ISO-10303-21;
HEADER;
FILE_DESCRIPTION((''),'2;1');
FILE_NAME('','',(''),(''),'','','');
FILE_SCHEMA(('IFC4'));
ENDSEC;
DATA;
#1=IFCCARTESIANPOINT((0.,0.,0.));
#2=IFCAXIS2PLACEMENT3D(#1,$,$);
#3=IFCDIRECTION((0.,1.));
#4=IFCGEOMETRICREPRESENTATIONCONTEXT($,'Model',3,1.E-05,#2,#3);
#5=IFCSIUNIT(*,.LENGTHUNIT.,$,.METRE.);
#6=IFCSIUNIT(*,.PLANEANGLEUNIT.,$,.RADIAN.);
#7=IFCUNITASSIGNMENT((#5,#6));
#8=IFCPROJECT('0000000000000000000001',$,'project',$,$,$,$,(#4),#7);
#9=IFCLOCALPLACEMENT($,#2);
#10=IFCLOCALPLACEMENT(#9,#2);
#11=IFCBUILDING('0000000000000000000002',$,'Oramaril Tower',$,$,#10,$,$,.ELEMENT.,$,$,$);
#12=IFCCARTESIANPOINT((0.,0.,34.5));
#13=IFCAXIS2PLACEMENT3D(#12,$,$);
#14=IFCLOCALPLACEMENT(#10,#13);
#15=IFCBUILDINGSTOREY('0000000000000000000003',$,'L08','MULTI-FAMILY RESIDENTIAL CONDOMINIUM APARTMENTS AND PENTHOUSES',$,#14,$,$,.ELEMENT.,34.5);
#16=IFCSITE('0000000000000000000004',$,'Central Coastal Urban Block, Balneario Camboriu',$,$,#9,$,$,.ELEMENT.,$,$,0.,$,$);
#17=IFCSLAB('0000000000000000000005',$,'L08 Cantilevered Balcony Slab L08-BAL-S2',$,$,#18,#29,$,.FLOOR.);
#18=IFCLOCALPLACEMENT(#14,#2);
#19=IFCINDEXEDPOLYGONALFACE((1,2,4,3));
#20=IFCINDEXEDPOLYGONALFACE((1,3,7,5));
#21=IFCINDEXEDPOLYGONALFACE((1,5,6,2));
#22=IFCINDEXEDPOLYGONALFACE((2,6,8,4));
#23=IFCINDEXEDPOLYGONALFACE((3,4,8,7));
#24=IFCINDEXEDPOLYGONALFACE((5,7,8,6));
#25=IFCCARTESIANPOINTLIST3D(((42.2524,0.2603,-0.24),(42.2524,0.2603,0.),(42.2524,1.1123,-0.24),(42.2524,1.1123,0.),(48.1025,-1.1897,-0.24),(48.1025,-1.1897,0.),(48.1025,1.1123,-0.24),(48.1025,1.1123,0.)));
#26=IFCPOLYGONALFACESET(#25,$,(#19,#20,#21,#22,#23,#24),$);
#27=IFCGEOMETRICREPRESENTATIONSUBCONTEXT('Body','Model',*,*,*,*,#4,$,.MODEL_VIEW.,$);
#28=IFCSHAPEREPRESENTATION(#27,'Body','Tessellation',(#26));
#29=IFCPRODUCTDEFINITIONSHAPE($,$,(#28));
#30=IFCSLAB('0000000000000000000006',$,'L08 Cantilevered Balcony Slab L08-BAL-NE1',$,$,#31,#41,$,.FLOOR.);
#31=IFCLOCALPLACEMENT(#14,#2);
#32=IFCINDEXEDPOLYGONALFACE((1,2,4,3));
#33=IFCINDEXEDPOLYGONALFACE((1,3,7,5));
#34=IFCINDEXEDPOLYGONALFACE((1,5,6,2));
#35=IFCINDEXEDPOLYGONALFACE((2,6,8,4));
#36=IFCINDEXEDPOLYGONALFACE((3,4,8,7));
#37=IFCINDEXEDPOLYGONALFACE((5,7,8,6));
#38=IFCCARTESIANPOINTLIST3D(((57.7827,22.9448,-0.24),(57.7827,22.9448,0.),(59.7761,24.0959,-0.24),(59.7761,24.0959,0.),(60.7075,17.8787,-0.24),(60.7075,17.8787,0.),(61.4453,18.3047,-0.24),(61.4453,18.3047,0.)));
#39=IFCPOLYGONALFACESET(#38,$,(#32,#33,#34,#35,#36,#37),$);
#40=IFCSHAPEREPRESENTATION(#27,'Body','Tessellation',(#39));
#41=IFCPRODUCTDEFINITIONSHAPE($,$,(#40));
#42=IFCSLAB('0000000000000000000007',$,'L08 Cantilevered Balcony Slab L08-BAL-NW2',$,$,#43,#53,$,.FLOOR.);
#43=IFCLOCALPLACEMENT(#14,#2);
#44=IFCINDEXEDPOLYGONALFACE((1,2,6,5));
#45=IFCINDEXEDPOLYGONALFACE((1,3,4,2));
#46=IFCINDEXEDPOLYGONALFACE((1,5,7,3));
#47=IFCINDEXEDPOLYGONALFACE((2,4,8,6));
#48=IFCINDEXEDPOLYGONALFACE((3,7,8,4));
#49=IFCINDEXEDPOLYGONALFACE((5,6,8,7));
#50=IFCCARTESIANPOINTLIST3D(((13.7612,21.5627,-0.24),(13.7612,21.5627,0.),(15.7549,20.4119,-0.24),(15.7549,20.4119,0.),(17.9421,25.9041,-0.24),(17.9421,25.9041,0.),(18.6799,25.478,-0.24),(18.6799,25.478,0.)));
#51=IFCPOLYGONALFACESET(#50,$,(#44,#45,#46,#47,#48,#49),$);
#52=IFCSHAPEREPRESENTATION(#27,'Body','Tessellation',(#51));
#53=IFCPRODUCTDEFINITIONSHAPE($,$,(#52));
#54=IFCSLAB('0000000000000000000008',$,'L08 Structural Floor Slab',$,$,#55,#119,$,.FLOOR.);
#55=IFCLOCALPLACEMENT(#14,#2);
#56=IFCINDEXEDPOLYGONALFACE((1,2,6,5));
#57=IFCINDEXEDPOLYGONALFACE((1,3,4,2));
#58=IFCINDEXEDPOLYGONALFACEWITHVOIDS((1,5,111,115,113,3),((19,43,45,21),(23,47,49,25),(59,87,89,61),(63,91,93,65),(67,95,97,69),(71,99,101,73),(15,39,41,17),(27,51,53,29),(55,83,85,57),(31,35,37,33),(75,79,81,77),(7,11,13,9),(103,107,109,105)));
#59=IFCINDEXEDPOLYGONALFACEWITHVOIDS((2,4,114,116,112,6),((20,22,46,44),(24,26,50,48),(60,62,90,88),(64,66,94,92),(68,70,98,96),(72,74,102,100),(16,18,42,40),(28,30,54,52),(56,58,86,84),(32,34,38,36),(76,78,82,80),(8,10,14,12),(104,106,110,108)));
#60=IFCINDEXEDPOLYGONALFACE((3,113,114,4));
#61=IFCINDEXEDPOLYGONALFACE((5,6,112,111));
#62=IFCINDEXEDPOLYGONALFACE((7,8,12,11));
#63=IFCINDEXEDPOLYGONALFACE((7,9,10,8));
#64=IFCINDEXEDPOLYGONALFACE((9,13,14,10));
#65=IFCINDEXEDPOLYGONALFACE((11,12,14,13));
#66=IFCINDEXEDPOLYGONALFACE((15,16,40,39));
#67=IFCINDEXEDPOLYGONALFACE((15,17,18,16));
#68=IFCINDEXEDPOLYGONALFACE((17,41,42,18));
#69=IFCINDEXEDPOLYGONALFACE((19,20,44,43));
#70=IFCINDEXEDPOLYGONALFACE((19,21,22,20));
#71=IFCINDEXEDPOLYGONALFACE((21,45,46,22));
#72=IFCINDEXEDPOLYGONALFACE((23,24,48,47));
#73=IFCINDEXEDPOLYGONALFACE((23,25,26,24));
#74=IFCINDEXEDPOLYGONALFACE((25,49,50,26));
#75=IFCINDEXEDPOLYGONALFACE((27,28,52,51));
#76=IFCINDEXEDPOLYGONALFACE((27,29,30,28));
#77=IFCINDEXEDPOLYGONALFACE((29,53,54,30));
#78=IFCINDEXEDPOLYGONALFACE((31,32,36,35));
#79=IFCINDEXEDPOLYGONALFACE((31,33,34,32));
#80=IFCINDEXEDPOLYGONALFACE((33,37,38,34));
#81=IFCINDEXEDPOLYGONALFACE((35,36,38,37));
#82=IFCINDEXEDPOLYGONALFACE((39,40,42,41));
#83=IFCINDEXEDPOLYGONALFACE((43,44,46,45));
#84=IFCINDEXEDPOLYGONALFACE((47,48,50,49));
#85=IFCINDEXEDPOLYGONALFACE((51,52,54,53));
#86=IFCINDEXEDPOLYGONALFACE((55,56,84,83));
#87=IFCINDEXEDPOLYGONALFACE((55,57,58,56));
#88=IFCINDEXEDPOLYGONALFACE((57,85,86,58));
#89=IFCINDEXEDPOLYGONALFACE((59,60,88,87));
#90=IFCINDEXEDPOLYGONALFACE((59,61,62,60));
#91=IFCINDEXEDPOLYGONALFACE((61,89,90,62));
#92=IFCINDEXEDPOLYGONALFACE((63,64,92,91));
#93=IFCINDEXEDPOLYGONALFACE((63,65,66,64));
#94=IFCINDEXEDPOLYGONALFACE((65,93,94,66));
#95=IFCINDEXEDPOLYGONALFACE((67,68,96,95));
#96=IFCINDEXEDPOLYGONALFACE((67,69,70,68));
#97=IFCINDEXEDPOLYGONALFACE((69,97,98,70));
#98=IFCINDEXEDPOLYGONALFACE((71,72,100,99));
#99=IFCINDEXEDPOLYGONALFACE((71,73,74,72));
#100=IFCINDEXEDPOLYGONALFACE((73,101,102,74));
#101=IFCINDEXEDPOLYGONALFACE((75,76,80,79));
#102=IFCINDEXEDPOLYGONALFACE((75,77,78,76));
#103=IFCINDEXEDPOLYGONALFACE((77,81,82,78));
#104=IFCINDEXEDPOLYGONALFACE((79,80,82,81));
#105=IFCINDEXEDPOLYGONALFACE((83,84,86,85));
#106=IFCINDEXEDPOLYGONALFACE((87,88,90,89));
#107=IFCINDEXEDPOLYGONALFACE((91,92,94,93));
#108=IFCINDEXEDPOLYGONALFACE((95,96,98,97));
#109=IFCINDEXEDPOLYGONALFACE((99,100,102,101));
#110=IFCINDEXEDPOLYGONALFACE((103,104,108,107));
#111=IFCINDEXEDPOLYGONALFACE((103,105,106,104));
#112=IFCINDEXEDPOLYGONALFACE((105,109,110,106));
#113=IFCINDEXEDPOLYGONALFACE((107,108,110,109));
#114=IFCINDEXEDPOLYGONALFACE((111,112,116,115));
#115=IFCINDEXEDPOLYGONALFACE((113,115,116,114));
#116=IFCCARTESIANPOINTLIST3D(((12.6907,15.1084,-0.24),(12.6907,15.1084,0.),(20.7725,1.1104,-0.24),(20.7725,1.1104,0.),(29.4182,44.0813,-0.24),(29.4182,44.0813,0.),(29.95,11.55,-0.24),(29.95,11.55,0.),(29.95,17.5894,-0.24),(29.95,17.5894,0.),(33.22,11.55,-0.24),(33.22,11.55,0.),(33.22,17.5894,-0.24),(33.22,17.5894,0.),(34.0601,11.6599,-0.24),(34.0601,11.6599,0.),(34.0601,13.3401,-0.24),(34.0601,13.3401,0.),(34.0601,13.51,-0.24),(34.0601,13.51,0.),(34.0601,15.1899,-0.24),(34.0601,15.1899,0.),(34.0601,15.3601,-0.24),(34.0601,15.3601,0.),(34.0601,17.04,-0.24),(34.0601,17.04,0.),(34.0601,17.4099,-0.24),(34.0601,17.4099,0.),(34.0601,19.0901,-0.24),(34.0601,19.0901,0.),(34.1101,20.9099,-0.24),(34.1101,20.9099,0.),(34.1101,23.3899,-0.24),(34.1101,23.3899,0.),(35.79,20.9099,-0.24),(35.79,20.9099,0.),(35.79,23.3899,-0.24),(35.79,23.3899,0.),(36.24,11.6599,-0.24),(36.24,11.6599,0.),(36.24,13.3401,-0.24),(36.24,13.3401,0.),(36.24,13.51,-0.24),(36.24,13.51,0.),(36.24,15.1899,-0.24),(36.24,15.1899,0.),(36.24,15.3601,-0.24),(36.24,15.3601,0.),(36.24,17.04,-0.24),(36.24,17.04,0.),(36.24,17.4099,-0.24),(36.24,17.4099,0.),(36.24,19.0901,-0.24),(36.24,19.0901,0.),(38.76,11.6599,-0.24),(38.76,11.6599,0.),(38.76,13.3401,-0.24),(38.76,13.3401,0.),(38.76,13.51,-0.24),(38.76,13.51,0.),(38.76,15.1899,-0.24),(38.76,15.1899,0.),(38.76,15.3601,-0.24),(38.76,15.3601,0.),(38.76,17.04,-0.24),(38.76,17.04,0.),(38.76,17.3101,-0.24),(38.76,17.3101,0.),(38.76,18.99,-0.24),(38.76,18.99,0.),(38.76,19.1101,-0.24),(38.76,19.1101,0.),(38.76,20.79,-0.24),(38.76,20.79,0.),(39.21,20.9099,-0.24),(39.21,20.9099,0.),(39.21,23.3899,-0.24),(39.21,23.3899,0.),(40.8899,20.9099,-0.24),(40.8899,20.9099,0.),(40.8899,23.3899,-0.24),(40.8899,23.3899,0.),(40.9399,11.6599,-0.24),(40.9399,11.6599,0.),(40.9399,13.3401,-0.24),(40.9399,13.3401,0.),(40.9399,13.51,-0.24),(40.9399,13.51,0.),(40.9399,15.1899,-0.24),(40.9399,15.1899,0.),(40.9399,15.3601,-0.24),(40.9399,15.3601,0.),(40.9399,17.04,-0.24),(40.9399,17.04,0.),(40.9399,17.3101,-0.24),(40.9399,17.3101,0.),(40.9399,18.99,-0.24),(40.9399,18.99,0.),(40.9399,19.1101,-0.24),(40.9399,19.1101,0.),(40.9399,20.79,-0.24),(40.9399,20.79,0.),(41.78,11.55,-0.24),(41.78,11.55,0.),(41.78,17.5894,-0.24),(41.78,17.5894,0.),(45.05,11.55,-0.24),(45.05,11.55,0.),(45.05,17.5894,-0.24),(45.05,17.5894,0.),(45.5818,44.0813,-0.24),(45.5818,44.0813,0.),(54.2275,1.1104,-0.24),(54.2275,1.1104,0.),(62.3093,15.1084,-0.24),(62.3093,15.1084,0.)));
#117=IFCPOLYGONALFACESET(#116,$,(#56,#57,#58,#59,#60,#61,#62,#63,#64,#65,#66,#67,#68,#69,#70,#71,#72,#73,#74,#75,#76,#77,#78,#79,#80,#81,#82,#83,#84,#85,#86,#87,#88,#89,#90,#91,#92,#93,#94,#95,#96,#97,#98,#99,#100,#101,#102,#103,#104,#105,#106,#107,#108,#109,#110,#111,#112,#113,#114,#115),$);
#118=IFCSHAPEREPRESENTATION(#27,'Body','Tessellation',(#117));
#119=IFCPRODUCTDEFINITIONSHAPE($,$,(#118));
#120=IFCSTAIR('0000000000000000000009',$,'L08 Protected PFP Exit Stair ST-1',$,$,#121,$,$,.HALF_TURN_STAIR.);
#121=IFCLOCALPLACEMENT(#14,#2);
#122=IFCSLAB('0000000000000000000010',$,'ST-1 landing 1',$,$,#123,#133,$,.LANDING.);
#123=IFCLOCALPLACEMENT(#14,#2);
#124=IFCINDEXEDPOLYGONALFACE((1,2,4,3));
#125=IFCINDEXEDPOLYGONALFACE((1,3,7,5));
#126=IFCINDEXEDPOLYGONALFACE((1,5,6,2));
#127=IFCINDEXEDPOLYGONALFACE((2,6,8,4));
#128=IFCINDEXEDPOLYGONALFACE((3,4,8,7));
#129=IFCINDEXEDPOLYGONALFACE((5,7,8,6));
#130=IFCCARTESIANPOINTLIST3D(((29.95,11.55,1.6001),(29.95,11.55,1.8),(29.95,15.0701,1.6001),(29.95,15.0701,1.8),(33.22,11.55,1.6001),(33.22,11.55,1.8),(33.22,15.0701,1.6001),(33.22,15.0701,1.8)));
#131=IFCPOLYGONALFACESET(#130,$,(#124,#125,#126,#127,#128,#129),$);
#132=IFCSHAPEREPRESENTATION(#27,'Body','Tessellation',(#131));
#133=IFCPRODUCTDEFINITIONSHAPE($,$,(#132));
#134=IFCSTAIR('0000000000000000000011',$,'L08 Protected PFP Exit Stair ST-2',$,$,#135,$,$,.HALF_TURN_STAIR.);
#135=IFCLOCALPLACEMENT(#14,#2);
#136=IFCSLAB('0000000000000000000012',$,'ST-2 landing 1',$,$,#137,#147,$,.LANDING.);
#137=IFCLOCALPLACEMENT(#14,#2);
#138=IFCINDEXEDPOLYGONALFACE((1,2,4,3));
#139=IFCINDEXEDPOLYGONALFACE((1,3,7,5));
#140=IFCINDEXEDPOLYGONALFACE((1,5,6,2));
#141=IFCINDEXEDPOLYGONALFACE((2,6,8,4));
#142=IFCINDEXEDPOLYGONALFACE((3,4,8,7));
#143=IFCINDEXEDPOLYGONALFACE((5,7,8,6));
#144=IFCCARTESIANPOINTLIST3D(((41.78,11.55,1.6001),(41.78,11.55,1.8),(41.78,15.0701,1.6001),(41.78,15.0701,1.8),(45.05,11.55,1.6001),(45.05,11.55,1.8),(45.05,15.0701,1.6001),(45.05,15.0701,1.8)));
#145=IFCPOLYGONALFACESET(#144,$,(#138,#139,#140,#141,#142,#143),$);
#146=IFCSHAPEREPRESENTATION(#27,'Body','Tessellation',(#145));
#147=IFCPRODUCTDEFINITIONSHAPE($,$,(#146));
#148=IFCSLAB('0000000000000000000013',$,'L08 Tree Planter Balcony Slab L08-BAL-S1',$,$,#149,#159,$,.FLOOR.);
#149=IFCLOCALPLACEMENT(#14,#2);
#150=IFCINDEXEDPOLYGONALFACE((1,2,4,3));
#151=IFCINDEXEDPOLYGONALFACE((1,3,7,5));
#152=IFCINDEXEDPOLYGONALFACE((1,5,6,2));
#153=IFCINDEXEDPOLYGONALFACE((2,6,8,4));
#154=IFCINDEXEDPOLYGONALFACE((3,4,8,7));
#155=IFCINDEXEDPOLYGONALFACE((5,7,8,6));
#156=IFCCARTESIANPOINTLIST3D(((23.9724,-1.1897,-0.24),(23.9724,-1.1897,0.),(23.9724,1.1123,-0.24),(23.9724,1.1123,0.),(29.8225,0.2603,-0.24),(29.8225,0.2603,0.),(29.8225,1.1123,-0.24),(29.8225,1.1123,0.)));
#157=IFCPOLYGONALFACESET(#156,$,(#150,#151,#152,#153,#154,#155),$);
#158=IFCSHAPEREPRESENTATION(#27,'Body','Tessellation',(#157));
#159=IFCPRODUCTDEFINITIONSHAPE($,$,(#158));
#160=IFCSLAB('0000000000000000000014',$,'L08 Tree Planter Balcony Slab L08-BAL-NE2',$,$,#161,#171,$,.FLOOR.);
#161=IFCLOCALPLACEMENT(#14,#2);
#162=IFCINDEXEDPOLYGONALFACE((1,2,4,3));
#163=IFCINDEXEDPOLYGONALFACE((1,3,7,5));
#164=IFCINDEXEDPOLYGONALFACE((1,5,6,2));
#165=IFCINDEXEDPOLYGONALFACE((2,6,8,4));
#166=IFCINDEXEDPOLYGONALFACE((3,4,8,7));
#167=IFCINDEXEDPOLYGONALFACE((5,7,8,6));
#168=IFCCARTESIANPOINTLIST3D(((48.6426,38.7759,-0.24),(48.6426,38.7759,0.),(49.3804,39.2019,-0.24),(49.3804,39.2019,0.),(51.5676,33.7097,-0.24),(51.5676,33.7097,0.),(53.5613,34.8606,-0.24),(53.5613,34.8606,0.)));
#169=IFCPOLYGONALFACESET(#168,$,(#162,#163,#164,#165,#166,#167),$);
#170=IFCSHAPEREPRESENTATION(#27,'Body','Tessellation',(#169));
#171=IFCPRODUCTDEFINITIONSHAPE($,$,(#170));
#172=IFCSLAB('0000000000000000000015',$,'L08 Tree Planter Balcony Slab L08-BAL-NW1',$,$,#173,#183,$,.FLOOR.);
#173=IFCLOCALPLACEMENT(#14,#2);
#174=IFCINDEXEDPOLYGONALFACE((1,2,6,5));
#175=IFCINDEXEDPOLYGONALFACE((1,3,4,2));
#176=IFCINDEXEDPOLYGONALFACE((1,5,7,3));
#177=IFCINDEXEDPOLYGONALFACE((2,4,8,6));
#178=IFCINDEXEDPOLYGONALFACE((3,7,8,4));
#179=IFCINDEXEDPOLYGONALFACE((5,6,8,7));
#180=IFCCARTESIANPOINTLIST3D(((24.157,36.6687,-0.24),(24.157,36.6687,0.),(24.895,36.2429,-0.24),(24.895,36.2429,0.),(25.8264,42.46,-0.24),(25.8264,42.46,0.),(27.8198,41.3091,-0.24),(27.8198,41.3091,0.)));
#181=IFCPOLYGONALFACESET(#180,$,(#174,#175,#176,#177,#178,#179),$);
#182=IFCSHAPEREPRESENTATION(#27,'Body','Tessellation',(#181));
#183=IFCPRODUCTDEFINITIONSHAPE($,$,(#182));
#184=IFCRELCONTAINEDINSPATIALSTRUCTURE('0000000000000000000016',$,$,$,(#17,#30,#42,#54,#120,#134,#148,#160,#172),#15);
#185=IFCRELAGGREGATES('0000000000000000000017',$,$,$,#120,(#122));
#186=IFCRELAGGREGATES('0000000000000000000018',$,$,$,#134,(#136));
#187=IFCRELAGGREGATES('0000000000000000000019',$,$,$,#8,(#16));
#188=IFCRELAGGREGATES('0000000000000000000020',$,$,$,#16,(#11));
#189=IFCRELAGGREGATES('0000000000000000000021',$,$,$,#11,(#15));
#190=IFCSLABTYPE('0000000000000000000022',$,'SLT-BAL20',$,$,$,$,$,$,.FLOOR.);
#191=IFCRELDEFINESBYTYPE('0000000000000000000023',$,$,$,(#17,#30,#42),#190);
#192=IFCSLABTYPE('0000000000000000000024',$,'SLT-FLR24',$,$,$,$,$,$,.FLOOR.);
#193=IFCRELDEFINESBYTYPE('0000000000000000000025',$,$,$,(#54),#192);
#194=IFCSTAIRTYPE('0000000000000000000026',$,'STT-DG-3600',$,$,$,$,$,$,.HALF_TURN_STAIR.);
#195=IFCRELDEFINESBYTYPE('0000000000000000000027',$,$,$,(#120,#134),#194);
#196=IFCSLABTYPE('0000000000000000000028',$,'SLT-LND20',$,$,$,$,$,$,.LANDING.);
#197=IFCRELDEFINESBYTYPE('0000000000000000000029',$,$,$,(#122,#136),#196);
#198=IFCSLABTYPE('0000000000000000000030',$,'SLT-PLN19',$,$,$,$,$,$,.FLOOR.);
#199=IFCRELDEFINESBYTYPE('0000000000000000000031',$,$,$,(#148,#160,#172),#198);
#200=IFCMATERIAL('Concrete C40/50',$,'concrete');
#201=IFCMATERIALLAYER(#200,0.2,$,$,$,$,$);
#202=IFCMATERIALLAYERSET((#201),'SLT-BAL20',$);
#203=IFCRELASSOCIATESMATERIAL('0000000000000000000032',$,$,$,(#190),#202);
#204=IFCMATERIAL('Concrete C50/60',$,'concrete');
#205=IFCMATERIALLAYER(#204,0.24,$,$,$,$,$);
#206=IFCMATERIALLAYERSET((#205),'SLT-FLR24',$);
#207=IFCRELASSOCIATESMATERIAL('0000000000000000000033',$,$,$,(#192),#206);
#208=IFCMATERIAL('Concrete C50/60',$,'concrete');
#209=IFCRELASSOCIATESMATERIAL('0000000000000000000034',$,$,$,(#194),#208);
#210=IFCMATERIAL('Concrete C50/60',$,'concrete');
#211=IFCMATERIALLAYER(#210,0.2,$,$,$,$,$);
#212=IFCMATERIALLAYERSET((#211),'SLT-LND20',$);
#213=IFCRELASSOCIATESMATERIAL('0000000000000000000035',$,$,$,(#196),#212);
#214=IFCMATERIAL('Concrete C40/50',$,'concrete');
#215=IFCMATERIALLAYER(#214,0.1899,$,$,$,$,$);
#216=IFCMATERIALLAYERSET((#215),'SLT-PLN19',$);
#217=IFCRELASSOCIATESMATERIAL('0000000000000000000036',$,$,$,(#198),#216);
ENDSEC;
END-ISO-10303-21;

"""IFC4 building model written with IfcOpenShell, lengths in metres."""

from ifc_helpers import new_model, si_unit, direction, frame, origin, place, context, subcontext, project, spatial, polyline, outline, extrude, material, layer, layer_set, type_object, element, aggregate, save


model = new_model("IFC4")

# Units and contexts
model_context = context("Model", 3, precision=1e-05, world=origin(), true_north=direction((0.0, 1.0)))
body_context = subcontext(model_context, "Body", "Model", "MODEL_VIEW")
ifc_project = project(units=[si_unit("LENGTHUNIT", "METRE"), si_unit("PLANEANGLEUNIT", "RADIAN")], contexts=[model_context])

# Site, building, storey
site_placement = place(None, origin())
site = spatial("IfcSite", under=ifc_project, at=site_placement, Name="Central Coastal Urban Block, Balneario Camboriu", CompositionType="ELEMENT", RefElevation=0.0)
building_placement = place(site_placement, origin())
building = spatial("IfcBuilding", under=site, at=building_placement, Name="Oramaril Tower", CompositionType="ELEMENT")
storey_placement = place(building_placement, frame((0.0, 0.0, 34.5)))
storey = spatial("IfcBuildingStorey", under=building, at=storey_placement, Name="L08", Description="MULTI-FAMILY RESIDENTIAL CONDOMINIUM APARTMENTS AND PENTHOUSES", CompositionType="ELEMENT", Elevation=34.5)

# Slabs
ifc_material_1 = material(Name="Concrete C40/50", Category="concrete")
ifc_layer_1 = layer(ifc_material_1, 0.2)
ifc_layer_set_1 = layer_set([ifc_layer_1], Name="SLT-BAL20")
slab_type_1 = type_object("IfcSlabType", Name="SLT-BAL20", PredefinedType="FLOOR", material=ifc_layer_set_1)
slab_1_placement = place(storey_placement, frame((0.0, 0.0, -0.24)))
element("IfcSlab", 1, at=slab_1_placement, inside=storey, type_object=slab_type_1, Name="L08 Cantilevered Balcony Slab L08-BAL-S2", PredefinedType="FLOOR", context=body_context, shape_type="SweptSolid", body=[
    extrude(outline(polyline([(42.2524, 1.1123), (48.1025, 1.1123), (48.1025, -1.1897), (42.2524, 0.2603), (42.2524, 1.1123)])), origin(), (0.0, 0.0, 1.0), 0.24),
])
slab_2_placement = place(storey_placement, frame((0.0, 0.0, -0.24)))
element("IfcSlab", 2, at=slab_2_placement, inside=storey, type_object=slab_type_1, Name="L08 Cantilevered Balcony Slab L08-BAL-NE1", PredefinedType="FLOOR", context=body_context, shape_type="SweptSolid", body=[
    extrude(outline(polyline([(60.7075, 17.8787), (57.7827, 22.9448), (59.7761, 24.0959), (61.4453, 18.3047), (60.7075, 17.8787)])), origin(), (0.0, 0.0, 1.0), 0.24),
])
slab_3_placement = place(storey_placement, frame((0.0, 0.0, -0.24)))
element("IfcSlab", 3, at=slab_3_placement, inside=storey, type_object=slab_type_1, Name="L08 Cantilevered Balcony Slab L08-BAL-NW2", PredefinedType="FLOOR", context=body_context, shape_type="SweptSolid", body=[
    extrude(outline(polyline([(18.6799, 25.478), (15.7549, 20.4119), (13.7612, 21.5627), (17.9421, 25.9041), (18.6799, 25.478)])), origin(), (0.0, 0.0, 1.0), 0.24),
])
ifc_material_2 = material(Name="Concrete C50/60", Category="concrete")
ifc_layer_2 = layer(ifc_material_2, 0.24)
ifc_layer_set_2 = layer_set([ifc_layer_2], Name="SLT-FLR24")
slab_type_2 = type_object("IfcSlabType", Name="SLT-FLR24", PredefinedType="FLOOR", material=ifc_layer_set_2)
slab_4_placement = place(storey_placement, frame((0.0, 0.0, -0.24)))
element("IfcSlab", 4, at=slab_4_placement, inside=storey, type_object=slab_type_2, Name="L08 Structural Floor Slab", PredefinedType="FLOOR", context=body_context, shape_type="SweptSolid", body=[
    extrude(outline(polyline([(12.6907, 15.1084), (20.7725, 1.1104), (54.2275, 1.1104), (62.3093, 15.1084), (45.5818, 44.0813), (29.4182, 44.0813), (12.6907, 15.1084)]), holes=[polyline([(29.95, 17.5894), (29.95, 11.55), (33.22, 11.55), (33.22, 17.5894), (29.95, 17.5894)]), polyline([(41.78, 17.5894), (41.78, 11.55), (45.05, 11.55), (45.05, 17.5894), (41.78, 17.5894)]), polyline([(34.1101, 20.9099), (35.79, 20.9099), (35.79, 23.3899), (34.1101, 23.3899), (34.1101, 20.9099)]), polyline([(39.21, 20.9099), (40.8899, 20.9099), (40.8899, 23.3899), (39.21, 23.3899), (39.21, 20.9099)]), polyline([(34.0601, 11.6599), (36.24, 11.6599), (36.24, 13.3401), (34.0601, 13.3401), (34.0601, 11.6599)]), polyline([(34.0601, 13.51), (36.24, 13.51), (36.24, 15.1899), (34.0601, 15.1899), (34.0601, 13.51)]), polyline([(34.0601, 15.3601), (36.24, 15.3601), (36.24, 17.04), (34.0601, 17.04), (34.0601, 15.3601)]), polyline([(38.76, 11.6599), (40.9399, 11.6599), (40.9399, 13.3401), (38.76, 13.3401), (38.76, 11.6599)]), polyline([(38.76, 13.51), (40.9399, 13.51), (40.9399, 15.1899), (38.76, 15.1899), (38.76, 13.51)]), polyline([(38.76, 15.3601), (40.9399, 15.3601), (40.9399, 17.04), (38.76, 17.04), (38.76, 15.3601)]), polyline([(34.0601, 17.4099), (36.24, 17.4099), (36.24, 19.0901), (34.0601, 19.0901), (34.0601, 17.4099)]), polyline([(38.76, 17.3101), (40.9399, 17.3101), (40.9399, 18.99), (38.76, 18.99), (38.76, 17.3101)]), polyline([(38.76, 19.1101), (40.9399, 19.1101), (40.9399, 20.79), (38.76, 20.79), (38.76, 19.1101)])]), origin(), (0.0, 0.0, 1.0), 0.24),
])

# Stairs, slabs
ifc_material_3 = material(Name="Concrete C50/60", Category="concrete")
stair_type = type_object("IfcStairType", Name="STT-DG-3600", PredefinedType="HALF_TURN_STAIR", material=ifc_material_3)
stair_1_placement = place(storey_placement, origin())
stair_1 = element("IfcStair", 5, at=stair_1_placement, inside=storey, type_object=stair_type, Name="L08 Protected PFP Exit Stair ST-1", PredefinedType="HALF_TURN_STAIR")
ifc_material_4 = material(Name="Concrete C50/60", Category="concrete")
ifc_layer_3 = layer(ifc_material_4, 0.2)
ifc_layer_set_3 = layer_set([ifc_layer_3], Name="SLT-LND20")
slab_type_3 = type_object("IfcSlabType", Name="SLT-LND20", PredefinedType="LANDING", material=ifc_layer_set_3)
slab_5_placement = place(storey_placement, frame((0.0, 0.0, 1.6001)))
slab_5 = element("IfcSlab", 6, at=slab_5_placement, type_object=slab_type_3, Name="ST-1 landing 1", PredefinedType="LANDING", context=body_context, shape_type="SweptSolid", body=[
    extrude(outline(polyline([(29.95, 15.0701), (29.95, 11.55), (33.22, 11.55), (33.22, 15.0701), (29.95, 15.0701)])), origin(), (0.0, 0.0, 1.0), 0.2),
])
aggregate(stair_1, [slab_5])
stair_2_placement = place(storey_placement, origin())
stair_2 = element("IfcStair", 7, at=stair_2_placement, inside=storey, type_object=stair_type, Name="L08 Protected PFP Exit Stair ST-2", PredefinedType="HALF_TURN_STAIR")
slab_6_placement = place(storey_placement, frame((0.0, 0.0, 1.6001)))
slab_6 = element("IfcSlab", 8, at=slab_6_placement, type_object=slab_type_3, Name="ST-2 landing 1", PredefinedType="LANDING", context=body_context, shape_type="SweptSolid", body=[
    extrude(outline(polyline([(41.78, 15.0701), (41.78, 11.55), (45.05, 11.55), (45.05, 15.0701), (41.78, 15.0701)])), origin(), (0.0, 0.0, 1.0), 0.2),
])
aggregate(stair_2, [slab_6])

# Slabs
ifc_material_5 = material(Name="Concrete C40/50", Category="concrete")
ifc_layer_4 = layer(ifc_material_5, 0.1899)
ifc_layer_set_4 = layer_set([ifc_layer_4], Name="SLT-PLN19")
slab_type_4 = type_object("IfcSlabType", Name="SLT-PLN19", PredefinedType="FLOOR", material=ifc_layer_set_4)
slab_7_placement = place(storey_placement, frame((0.0, 0.0, -0.24)))
element("IfcSlab", 9, at=slab_7_placement, inside=storey, type_object=slab_type_4, Name="L08 Tree Planter Balcony Slab L08-BAL-S1", PredefinedType="FLOOR", context=body_context, shape_type="SweptSolid", body=[
    extrude(outline(polyline([(23.9724, 1.1123), (29.8225, 1.1123), (29.8225, 0.2603), (23.9724, -1.1897), (23.9724, 1.1123)])), origin(), (0.0, 0.0, 1.0), 0.24),
])
slab_8_placement = place(storey_placement, frame((0.0, 0.0, -0.24)))
element("IfcSlab", 10, at=slab_8_placement, inside=storey, type_object=slab_type_4, Name="L08 Tree Planter Balcony Slab L08-BAL-NE2", PredefinedType="FLOOR", context=body_context, shape_type="SweptSolid", body=[
    extrude(outline(polyline([(51.5676, 33.7097), (48.6426, 38.7759), (49.3804, 39.2019), (53.5613, 34.8606), (51.5676, 33.7097)])), origin(), (0.0, 0.0, 1.0), 0.24),
])
slab_9_placement = place(storey_placement, frame((0.0, 0.0, -0.24)))
element("IfcSlab", 11, at=slab_9_placement, inside=storey, type_object=slab_type_4, Name="L08 Tree Planter Balcony Slab L08-BAL-NW1", PredefinedType="FLOOR", context=body_context, shape_type="SweptSolid", body=[
    extrude(outline(polyline([(27.8198, 41.3091), (24.895, 36.2429), (24.157, 36.6687), (25.8264, 42.46), (27.8198, 41.3091)])), origin(), (0.0, 0.0, 1.0), 0.24),
])

save(model, "model.ifc")
